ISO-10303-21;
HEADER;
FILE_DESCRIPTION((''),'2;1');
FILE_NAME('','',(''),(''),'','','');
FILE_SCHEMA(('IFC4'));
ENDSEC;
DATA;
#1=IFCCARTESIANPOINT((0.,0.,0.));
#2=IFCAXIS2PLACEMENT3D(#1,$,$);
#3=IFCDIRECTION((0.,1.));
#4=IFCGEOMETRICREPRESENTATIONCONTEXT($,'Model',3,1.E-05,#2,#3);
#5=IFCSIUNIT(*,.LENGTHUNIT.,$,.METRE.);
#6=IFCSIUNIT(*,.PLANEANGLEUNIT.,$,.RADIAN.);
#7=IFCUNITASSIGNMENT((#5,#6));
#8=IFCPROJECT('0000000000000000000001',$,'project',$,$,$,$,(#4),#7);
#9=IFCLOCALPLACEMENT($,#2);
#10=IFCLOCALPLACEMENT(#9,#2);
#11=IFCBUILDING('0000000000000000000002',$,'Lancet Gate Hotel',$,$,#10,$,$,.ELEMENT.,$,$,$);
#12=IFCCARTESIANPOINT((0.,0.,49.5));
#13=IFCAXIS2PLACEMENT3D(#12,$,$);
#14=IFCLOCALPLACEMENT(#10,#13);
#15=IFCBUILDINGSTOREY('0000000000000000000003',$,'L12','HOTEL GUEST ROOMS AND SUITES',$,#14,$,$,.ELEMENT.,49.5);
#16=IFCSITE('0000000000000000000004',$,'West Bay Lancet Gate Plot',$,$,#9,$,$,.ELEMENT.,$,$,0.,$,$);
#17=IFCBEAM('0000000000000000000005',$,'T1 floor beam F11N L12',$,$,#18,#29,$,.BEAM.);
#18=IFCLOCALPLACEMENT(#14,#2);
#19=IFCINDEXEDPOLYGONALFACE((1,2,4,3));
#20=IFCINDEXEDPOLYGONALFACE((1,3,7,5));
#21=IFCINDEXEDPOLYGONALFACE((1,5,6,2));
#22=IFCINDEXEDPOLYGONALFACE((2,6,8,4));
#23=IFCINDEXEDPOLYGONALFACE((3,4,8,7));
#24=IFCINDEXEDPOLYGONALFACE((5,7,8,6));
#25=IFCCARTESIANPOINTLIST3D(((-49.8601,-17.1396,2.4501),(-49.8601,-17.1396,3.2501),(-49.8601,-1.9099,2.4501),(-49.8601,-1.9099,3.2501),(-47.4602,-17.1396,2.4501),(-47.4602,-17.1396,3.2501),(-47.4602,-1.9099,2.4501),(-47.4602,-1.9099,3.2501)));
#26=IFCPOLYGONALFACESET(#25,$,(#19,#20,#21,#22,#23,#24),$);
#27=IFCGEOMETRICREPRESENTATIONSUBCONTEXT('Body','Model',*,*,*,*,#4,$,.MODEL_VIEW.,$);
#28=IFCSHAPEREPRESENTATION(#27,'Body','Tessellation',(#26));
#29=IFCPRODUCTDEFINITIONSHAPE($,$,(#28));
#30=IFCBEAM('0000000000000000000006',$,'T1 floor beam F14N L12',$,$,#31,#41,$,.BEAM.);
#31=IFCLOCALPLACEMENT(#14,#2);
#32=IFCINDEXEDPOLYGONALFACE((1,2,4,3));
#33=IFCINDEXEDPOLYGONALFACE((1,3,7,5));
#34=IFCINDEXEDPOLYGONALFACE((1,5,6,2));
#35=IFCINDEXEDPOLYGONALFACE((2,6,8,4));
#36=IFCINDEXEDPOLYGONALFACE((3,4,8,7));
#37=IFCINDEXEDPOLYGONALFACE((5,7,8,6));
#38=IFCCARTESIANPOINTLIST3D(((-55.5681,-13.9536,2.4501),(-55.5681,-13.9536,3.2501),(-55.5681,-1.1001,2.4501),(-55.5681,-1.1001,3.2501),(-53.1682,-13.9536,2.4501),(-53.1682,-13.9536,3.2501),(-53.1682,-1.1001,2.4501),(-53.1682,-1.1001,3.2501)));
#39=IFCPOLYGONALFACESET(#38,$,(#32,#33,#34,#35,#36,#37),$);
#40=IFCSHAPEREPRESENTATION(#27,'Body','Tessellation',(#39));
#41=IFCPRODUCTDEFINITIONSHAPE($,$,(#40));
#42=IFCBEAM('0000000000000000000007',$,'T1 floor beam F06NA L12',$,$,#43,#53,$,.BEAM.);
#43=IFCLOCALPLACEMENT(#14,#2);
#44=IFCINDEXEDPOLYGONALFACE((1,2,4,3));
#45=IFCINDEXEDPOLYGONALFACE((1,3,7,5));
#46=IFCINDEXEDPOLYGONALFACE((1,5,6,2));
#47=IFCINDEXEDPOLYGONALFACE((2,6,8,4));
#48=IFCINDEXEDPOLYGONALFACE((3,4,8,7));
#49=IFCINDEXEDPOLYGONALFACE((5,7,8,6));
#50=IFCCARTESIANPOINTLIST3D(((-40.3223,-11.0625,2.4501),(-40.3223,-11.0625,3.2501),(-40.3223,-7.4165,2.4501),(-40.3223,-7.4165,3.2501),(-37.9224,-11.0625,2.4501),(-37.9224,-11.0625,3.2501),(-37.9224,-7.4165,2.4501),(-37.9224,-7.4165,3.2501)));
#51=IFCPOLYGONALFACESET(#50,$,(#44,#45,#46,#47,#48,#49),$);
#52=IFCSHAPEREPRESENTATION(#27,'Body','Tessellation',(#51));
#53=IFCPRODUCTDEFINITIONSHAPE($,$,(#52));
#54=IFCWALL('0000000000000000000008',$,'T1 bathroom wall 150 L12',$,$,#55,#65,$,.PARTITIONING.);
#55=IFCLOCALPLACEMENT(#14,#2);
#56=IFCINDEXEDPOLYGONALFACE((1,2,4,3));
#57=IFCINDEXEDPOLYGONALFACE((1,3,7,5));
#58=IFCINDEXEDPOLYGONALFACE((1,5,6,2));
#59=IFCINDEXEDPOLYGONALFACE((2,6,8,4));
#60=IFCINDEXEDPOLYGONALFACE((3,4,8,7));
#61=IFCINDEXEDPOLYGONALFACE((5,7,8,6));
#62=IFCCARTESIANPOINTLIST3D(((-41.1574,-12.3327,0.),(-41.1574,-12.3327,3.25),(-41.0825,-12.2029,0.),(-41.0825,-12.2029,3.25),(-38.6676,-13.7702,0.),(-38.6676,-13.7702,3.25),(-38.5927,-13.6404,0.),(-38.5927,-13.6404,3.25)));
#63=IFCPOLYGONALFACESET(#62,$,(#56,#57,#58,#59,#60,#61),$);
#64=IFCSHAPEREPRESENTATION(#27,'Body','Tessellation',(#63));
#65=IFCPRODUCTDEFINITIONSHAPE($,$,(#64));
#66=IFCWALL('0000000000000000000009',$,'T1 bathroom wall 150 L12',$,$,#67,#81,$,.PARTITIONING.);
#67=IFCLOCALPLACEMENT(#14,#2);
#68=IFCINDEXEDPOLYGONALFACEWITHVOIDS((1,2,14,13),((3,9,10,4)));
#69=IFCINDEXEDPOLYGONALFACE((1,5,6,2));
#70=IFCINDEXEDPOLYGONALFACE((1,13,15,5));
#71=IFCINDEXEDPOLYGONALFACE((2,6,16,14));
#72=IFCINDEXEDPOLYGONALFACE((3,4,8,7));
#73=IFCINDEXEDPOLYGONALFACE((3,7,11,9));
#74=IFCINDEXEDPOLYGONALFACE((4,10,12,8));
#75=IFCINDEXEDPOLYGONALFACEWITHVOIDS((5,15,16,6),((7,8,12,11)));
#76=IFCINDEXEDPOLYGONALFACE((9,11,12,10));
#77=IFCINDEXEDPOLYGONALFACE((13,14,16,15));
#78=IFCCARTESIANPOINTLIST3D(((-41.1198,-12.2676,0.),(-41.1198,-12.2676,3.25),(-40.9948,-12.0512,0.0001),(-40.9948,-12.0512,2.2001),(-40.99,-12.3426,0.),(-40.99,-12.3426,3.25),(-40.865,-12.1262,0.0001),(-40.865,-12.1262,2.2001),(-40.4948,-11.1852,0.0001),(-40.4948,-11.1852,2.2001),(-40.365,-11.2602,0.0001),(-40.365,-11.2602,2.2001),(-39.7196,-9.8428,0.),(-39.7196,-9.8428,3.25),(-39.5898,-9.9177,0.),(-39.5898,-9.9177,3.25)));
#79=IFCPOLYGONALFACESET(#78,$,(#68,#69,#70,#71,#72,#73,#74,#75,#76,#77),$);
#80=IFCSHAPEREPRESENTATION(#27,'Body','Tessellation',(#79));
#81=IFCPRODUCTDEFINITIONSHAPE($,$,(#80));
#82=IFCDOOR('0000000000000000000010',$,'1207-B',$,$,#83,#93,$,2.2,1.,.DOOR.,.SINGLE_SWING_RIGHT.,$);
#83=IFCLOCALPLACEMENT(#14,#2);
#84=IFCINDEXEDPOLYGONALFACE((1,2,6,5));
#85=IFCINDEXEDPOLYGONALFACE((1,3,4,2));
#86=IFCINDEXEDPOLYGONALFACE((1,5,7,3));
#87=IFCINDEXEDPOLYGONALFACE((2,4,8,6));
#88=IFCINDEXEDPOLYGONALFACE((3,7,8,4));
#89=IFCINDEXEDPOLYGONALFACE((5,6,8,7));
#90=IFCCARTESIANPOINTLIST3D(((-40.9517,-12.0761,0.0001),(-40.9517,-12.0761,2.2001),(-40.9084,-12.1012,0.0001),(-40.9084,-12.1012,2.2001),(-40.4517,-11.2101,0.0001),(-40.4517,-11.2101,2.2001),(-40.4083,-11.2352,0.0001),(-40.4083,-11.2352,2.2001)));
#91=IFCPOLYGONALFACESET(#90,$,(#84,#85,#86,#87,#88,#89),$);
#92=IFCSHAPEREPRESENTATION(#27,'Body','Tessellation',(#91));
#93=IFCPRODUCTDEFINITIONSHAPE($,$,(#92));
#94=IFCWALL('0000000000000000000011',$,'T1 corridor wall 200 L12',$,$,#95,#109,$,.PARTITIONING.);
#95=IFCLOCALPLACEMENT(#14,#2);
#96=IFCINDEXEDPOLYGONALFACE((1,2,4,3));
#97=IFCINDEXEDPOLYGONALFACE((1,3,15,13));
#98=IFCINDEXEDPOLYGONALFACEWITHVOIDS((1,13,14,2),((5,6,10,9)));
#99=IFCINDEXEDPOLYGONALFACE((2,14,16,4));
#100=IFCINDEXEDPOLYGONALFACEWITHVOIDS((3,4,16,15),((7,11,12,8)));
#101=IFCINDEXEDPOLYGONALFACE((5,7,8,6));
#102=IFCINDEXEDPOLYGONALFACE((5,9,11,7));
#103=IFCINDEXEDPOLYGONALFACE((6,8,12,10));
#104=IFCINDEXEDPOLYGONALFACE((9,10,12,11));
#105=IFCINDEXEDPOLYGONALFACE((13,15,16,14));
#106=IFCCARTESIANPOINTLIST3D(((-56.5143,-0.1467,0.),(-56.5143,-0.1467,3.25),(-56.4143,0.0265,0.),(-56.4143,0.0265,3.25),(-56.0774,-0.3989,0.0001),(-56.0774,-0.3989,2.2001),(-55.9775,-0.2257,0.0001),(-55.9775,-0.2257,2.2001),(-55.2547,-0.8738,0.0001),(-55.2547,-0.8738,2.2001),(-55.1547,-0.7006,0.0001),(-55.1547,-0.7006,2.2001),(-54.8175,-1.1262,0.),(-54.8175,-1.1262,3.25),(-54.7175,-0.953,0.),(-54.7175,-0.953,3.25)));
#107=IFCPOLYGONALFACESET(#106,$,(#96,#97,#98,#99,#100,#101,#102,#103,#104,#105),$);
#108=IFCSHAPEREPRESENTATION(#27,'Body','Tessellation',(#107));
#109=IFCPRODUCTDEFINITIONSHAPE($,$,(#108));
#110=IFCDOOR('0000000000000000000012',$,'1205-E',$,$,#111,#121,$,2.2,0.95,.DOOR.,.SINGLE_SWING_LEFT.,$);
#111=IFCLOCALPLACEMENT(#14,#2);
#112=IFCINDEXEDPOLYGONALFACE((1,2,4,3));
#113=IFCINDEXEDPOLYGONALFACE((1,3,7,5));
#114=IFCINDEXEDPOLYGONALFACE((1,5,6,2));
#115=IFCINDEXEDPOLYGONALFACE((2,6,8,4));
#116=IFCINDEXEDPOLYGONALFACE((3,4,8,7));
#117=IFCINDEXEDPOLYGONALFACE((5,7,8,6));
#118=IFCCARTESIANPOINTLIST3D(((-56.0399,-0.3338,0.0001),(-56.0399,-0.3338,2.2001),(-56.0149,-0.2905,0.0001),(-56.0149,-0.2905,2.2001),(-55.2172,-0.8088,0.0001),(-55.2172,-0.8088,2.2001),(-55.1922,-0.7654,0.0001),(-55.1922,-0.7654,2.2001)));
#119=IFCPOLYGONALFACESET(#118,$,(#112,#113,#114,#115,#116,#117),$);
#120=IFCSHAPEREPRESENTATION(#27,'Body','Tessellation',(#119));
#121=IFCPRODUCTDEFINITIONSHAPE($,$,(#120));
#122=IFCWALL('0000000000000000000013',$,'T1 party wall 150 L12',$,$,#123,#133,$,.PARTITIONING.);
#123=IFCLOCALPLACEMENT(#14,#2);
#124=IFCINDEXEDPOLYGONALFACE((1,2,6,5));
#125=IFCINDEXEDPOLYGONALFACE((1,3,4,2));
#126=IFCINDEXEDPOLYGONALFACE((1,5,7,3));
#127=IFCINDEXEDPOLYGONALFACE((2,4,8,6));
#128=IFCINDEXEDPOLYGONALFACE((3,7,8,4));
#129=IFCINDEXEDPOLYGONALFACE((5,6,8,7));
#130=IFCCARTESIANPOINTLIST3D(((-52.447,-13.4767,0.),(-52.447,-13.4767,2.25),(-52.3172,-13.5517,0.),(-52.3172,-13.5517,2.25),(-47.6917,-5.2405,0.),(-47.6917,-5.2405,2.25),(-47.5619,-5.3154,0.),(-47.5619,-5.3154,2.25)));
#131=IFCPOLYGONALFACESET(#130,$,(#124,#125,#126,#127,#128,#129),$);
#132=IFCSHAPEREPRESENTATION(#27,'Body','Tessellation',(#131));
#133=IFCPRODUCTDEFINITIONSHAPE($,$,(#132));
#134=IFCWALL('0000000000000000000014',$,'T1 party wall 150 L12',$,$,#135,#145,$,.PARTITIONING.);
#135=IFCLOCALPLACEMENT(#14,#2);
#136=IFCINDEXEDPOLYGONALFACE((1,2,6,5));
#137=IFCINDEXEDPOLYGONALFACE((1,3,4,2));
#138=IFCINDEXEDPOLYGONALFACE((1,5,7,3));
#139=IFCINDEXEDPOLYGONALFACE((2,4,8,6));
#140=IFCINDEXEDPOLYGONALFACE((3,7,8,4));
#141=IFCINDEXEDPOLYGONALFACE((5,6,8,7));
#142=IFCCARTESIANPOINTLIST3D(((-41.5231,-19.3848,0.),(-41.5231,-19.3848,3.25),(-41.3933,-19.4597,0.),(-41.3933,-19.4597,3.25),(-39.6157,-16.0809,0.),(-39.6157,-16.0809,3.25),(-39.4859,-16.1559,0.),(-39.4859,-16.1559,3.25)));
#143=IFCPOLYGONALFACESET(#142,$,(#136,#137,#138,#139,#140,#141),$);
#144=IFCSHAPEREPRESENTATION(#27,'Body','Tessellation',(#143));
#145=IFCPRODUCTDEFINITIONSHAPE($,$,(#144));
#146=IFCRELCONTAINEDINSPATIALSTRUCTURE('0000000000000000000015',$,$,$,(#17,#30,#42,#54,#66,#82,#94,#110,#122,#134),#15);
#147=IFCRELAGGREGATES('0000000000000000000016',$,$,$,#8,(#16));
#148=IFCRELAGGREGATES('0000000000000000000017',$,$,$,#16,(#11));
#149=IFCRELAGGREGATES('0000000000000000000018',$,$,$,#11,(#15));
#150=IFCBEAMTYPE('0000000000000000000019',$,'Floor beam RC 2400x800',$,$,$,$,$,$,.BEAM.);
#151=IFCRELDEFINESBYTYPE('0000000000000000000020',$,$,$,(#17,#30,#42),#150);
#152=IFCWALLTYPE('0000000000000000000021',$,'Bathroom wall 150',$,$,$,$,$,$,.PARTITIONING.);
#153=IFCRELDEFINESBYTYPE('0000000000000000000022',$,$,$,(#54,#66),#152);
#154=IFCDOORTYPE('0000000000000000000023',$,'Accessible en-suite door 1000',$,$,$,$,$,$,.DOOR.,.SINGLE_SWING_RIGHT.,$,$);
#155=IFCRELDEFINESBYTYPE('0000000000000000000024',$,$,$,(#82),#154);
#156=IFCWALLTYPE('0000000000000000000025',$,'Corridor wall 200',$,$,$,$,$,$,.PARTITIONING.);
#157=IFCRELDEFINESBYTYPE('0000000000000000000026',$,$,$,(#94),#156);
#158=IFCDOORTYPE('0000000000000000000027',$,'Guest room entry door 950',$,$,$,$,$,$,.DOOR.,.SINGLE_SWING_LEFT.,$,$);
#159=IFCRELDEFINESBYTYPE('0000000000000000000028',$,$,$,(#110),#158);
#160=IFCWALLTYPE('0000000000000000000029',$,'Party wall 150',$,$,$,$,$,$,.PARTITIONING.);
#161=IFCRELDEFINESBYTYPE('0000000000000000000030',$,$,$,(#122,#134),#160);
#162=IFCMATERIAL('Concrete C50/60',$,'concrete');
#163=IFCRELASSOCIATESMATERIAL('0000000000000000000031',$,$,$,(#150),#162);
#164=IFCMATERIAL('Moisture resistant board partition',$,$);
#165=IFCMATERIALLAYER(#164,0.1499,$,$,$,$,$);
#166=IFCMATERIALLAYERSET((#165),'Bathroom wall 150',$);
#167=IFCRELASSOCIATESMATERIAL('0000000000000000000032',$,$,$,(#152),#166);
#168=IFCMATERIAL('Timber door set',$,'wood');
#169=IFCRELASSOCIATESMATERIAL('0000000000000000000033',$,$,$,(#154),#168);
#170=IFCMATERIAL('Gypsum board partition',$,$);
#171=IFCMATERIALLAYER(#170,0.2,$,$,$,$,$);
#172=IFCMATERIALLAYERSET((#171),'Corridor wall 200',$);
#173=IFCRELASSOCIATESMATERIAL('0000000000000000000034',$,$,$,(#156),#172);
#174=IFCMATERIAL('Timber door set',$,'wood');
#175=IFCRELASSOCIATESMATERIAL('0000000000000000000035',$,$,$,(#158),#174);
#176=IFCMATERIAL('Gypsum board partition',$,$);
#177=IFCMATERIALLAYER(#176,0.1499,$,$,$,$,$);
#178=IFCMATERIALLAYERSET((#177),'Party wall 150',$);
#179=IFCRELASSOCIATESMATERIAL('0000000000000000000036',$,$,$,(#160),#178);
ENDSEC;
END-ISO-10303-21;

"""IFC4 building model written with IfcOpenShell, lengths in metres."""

from ifc_helpers import new_model, si_unit, direction, frame, frame_2d, origin, origin_2d, place, context, subcontext, project, spatial, rectangle, extrude, material, layer, layer_set, material_profile, profile_set, type_object, element, fill, save


model = new_model("IFC4")

# Units and contexts
model_context = context("Model", 3, precision=1e-05, world=origin(), true_north=direction((0.0, 1.0)))
body_context = subcontext(model_context, "Body", "Model", "MODEL_VIEW")
ifc_project = project(units=[si_unit("LENGTHUNIT", "METRE"), si_unit("PLANEANGLEUNIT", "RADIAN")], contexts=[model_context])

# Site, building, storey
site_placement = place(None, origin())
site = spatial("IfcSite", under=ifc_project, at=site_placement, Name="West Bay Lancet Gate Plot", CompositionType="ELEMENT", RefElevation=0.0)
building_placement = place(site_placement, origin())
building = spatial("IfcBuilding", under=site, at=building_placement, Name="Lancet Gate Hotel", CompositionType="ELEMENT")
storey_placement = place(building_placement, frame((0.0, 0.0, 49.5)))
storey = spatial("IfcBuildingStorey", under=building, at=storey_placement, Name="L12", Description="HOTEL GUEST ROOMS AND SUITES", CompositionType="ELEMENT", Elevation=49.5)

# Beams
ifc_material_1 = material(Name="Concrete C50/60", Category="concrete")
ifc_material_profile_1 = material_profile(ifc_material_1, rectangle(XDim=2.3999, YDim=0.8, at=origin_2d()), Name="RC 2400x800")
ifc_profile_set_1 = profile_set([ifc_material_profile_1], Name="Concrete C50/60")
beam_type_1 = type_object("IfcBeamType", Name="Floor beam RC 2400x800", PredefinedType="BEAM", material=ifc_profile_set_1)
beam_1_placement = place(storey_placement, frame((-48.6602, -1.9099, 2.8501), z_axis=(0.0, -1.0, 0.0), x_axis=(1.0, 0.0, 0.0)))
element("IfcBeam", 1, at=beam_1_placement, inside=storey, type_object=beam_type_1, Name="T1 floor beam F11N L12", PredefinedType="BEAM", context=body_context, shape_type="SweptSolid", body=[
    extrude(rectangle(XDim=2.3999, YDim=0.8, at=origin_2d()), origin(), (0.0, 0.0, 1.0), 15.2297),
])
beam_2_placement = place(storey_placement, frame((-54.3682, -1.1001, 2.8501), z_axis=(0.0, -1.0, 0.0), x_axis=(1.0, 0.0, 0.0)))
element("IfcBeam", 2, at=beam_2_placement, inside=storey, type_object=beam_type_1, Name="T1 floor beam F14N L12", PredefinedType="BEAM", context=body_context, shape_type="SweptSolid", body=[
    extrude(rectangle(XDim=2.3999, YDim=0.8, at=origin_2d()), origin(), (0.0, 0.0, 1.0), 12.8535),
])
beam_3_placement = place(storey_placement, frame((-39.1223, -7.4165, 2.8501), z_axis=(0.0, -1.0, 0.0), x_axis=(1.0, 0.0, 0.0)))
element("IfcBeam", 3, at=beam_3_placement, inside=storey, type_object=beam_type_1, Name="T1 floor beam F06NA L12", PredefinedType="BEAM", context=body_context, shape_type="SweptSolid", body=[
    extrude(rectangle(XDim=2.3999, YDim=0.8, at=origin_2d()), origin(), (0.0, 0.0, 1.0), 3.646),
])

# Wall
ifc_material_2 = material(Name="Moisture resistant board partition")
ifc_layer_1 = layer(ifc_material_2, 0.1499)
ifc_layer_set_1 = layer_set([ifc_layer_1], Name="Bathroom wall 150")
wall_type_1 = type_object("IfcWallType", Name="Bathroom wall 150", PredefinedType="PARTITIONING", material=ifc_layer_set_1)
wall_1_placement = place(storey_placement, frame((-38.6301, -13.7053, 0.0), z_axis=(0.0, 0.0, 1.0), x_axis=(-0.866019, 0.500012, 0.0)))
element("IfcWall", 4, at=wall_1_placement, inside=storey, type_object=wall_type_1, Name="T1 bathroom wall 150 L12", PredefinedType="PARTITIONING", context=body_context, shape_type="SweptSolid", body=[
    extrude(rectangle(XDim=2.875, YDim=0.1499, at=frame_2d((1.4375, 0.0))), origin(), (0.0, 0.0, 1.0), 3.25),
])

# Walls, openings, doors
wall_2_placement = place(storey_placement, frame((-39.6548, -9.8804, 0.0), z_axis=(0.0, 0.0, 1.0), x_axis=(-0.50005, -0.865997, 0.0)))
wall_2 = element("IfcWall", 5, at=wall_2_placement, inside=storey, type_object=wall_type_1, Name="T1 bathroom wall 150 L12", PredefinedType="PARTITIONING", context=body_context, shape_type="SweptSolid", body=[
    extrude(rectangle(XDim=2.8, YDim=0.1499, at=frame_2d((1.3999, 0.0))), origin(), (0.0, 0.0, 1.0), 3.25),
])
opening_1_placement = place(wall_2_placement, frame((1.55, 0.0, 0.0)))
opening_1 = element("IfcOpeningElement", 6, at=opening_1_placement, cuts=wall_2, PredefinedType="OPENING", context=body_context, shape_type="SweptSolid", body=[
    extrude(rectangle(XDim=1.0, YDim=2.2, at=frame_2d((0.5, 1.1001))), frame((0.0, 0.085, 0.0), z_axis=(0.0, -1.0, 0.0), x_axis=(1.0, 0.0, 0.0)), (0.0, 0.0, 1.0), 0.1699),
])
ifc_material_3 = material(Name="Timber door set", Category="wood")
door_type_1 = type_object("IfcDoorType", Name="Accessible en-suite door 1000", OperationType="SINGLE_SWING_RIGHT", PredefinedType="DOOR", material=ifc_material_3)
door_1_placement = place(opening_1_placement, origin())
door_1 = element("IfcDoor", 7, at=door_1_placement, inside=storey, type_object=door_type_1, Name="1207-B", OperationType="SINGLE_SWING_RIGHT", OverallHeight=2.2, OverallWidth=1.0, PredefinedType="DOOR", context=body_context, shape_type="SweptSolid", body=[
    extrude(rectangle(XDim=1.0, YDim=2.2, at=frame_2d((0.5, 1.1001))), frame((0.0, 0.0249, 0.0), z_axis=(0.0, -1.0, 0.0), x_axis=(1.0, 0.0, 0.0)), (0.0, 0.0, 1.0), 0.05),
])
fill(opening_1, door_1)
ifc_material_4 = material(Name="Gypsum board partition")
ifc_layer_2 = layer(ifc_material_4, 0.2)
ifc_layer_set_2 = layer_set([ifc_layer_2], Name="Corridor wall 200")
wall_type_2 = type_object("IfcWallType", Name="Corridor wall 200", PredefinedType="PARTITIONING", material=ifc_layer_set_2)
wall_3_placement = place(storey_placement, frame((-54.7676, -1.0396, 0.0), z_axis=(0.0, 0.0, 1.0), x_axis=(-0.866057, 0.499945, 0.0)))
wall_3 = element("IfcWall", 8, at=wall_3_placement, inside=storey, type_object=wall_type_2, Name="T1 corridor wall 200 L12", PredefinedType="PARTITIONING", context=body_context, shape_type="SweptSolid", body=[
    extrude(rectangle(XDim=1.9592, YDim=0.2, at=frame_2d((0.9795, 0.0))), origin(), (0.0, 0.0, 1.0), 3.25),
])
opening_2_placement = place(wall_3_placement, frame((0.5046, 0.0, 0.0)))
opening_2 = element("IfcOpeningElement", 9, at=opening_2_placement, cuts=wall_3, PredefinedType="OPENING", context=body_context, shape_type="SweptSolid", body=[
    extrude(rectangle(XDim=0.95, YDim=2.2, at=frame_2d((0.4751, 1.1001))), frame((0.0, 0.1099, 0.0), z_axis=(0.0, -1.0, 0.0), x_axis=(1.0, 0.0, 0.0)), (0.0, 0.0, 1.0), 0.22),
])
ifc_material_5 = material(Name="Timber door set", Category="wood")
door_type_2 = type_object("IfcDoorType", Name="Guest room entry door 950", OperationType="SINGLE_SWING_LEFT", PredefinedType="DOOR", material=ifc_material_5)
door_2_placement = place(opening_2_placement, origin())
door_2 = element("IfcDoor", 10, at=door_2_placement, inside=storey, type_object=door_type_2, Name="1205-E", OperationType="SINGLE_SWING_LEFT", OverallHeight=2.2, OverallWidth=0.95, PredefinedType="DOOR", context=body_context, shape_type="SweptSolid", body=[
    extrude(rectangle(XDim=0.95, YDim=2.2, at=frame_2d((0.4751, 1.1001))), frame((0.0, 0.0249, 0.0), z_axis=(0.0, -1.0, 0.0), x_axis=(1.0, 0.0, 0.0)), (0.0, 0.0, 1.0), 0.05),
])
fill(opening_2, door_2)

# Walls
ifc_material_6 = material(Name="Gypsum board partition")
ifc_layer_3 = layer(ifc_material_6, 0.1499)
ifc_layer_set_3 = layer_set([ifc_layer_3], Name="Party wall 150")
wall_type_3 = type_object("IfcWallType", Name="Party wall 150", PredefinedType="PARTITIONING", material=ifc_layer_set_3)
wall_4_placement = place(storey_placement, frame((-47.6267, -5.2778, 0.0), z_axis=(0.0, 0.0, 1.0), x_axis=(-0.50001, -0.86602, 0.0)))
element("IfcWall", 11, at=wall_4_placement, inside=storey, type_object=wall_type_3, Name="T1 party wall 150 L12", PredefinedType="PARTITIONING", context=body_context, shape_type="SweptSolid", body=[
    extrude(rectangle(XDim=9.5105, YDim=0.1499, at=frame_2d((4.7554, 0.0))), origin(), (0.0, 0.0, 1.0), 2.25),
])
wall_5_placement = place(storey_placement, frame((-39.5508, -16.1184, 0.0), z_axis=(0.0, 0.0, 1.0), x_axis=(-0.499987, -0.866033, 0.0)))
element("IfcWall", 12, at=wall_5_placement, inside=storey, type_object=wall_type_3, Name="T1 party wall 150 L12", PredefinedType="PARTITIONING", context=body_context, shape_type="SweptSolid", body=[
    extrude(rectangle(XDim=3.8149, YDim=0.1499, at=frame_2d((1.9075, 0.0))), origin(), (0.0, 0.0, 1.0), 3.25),
])

save(model, "model.ifc")
